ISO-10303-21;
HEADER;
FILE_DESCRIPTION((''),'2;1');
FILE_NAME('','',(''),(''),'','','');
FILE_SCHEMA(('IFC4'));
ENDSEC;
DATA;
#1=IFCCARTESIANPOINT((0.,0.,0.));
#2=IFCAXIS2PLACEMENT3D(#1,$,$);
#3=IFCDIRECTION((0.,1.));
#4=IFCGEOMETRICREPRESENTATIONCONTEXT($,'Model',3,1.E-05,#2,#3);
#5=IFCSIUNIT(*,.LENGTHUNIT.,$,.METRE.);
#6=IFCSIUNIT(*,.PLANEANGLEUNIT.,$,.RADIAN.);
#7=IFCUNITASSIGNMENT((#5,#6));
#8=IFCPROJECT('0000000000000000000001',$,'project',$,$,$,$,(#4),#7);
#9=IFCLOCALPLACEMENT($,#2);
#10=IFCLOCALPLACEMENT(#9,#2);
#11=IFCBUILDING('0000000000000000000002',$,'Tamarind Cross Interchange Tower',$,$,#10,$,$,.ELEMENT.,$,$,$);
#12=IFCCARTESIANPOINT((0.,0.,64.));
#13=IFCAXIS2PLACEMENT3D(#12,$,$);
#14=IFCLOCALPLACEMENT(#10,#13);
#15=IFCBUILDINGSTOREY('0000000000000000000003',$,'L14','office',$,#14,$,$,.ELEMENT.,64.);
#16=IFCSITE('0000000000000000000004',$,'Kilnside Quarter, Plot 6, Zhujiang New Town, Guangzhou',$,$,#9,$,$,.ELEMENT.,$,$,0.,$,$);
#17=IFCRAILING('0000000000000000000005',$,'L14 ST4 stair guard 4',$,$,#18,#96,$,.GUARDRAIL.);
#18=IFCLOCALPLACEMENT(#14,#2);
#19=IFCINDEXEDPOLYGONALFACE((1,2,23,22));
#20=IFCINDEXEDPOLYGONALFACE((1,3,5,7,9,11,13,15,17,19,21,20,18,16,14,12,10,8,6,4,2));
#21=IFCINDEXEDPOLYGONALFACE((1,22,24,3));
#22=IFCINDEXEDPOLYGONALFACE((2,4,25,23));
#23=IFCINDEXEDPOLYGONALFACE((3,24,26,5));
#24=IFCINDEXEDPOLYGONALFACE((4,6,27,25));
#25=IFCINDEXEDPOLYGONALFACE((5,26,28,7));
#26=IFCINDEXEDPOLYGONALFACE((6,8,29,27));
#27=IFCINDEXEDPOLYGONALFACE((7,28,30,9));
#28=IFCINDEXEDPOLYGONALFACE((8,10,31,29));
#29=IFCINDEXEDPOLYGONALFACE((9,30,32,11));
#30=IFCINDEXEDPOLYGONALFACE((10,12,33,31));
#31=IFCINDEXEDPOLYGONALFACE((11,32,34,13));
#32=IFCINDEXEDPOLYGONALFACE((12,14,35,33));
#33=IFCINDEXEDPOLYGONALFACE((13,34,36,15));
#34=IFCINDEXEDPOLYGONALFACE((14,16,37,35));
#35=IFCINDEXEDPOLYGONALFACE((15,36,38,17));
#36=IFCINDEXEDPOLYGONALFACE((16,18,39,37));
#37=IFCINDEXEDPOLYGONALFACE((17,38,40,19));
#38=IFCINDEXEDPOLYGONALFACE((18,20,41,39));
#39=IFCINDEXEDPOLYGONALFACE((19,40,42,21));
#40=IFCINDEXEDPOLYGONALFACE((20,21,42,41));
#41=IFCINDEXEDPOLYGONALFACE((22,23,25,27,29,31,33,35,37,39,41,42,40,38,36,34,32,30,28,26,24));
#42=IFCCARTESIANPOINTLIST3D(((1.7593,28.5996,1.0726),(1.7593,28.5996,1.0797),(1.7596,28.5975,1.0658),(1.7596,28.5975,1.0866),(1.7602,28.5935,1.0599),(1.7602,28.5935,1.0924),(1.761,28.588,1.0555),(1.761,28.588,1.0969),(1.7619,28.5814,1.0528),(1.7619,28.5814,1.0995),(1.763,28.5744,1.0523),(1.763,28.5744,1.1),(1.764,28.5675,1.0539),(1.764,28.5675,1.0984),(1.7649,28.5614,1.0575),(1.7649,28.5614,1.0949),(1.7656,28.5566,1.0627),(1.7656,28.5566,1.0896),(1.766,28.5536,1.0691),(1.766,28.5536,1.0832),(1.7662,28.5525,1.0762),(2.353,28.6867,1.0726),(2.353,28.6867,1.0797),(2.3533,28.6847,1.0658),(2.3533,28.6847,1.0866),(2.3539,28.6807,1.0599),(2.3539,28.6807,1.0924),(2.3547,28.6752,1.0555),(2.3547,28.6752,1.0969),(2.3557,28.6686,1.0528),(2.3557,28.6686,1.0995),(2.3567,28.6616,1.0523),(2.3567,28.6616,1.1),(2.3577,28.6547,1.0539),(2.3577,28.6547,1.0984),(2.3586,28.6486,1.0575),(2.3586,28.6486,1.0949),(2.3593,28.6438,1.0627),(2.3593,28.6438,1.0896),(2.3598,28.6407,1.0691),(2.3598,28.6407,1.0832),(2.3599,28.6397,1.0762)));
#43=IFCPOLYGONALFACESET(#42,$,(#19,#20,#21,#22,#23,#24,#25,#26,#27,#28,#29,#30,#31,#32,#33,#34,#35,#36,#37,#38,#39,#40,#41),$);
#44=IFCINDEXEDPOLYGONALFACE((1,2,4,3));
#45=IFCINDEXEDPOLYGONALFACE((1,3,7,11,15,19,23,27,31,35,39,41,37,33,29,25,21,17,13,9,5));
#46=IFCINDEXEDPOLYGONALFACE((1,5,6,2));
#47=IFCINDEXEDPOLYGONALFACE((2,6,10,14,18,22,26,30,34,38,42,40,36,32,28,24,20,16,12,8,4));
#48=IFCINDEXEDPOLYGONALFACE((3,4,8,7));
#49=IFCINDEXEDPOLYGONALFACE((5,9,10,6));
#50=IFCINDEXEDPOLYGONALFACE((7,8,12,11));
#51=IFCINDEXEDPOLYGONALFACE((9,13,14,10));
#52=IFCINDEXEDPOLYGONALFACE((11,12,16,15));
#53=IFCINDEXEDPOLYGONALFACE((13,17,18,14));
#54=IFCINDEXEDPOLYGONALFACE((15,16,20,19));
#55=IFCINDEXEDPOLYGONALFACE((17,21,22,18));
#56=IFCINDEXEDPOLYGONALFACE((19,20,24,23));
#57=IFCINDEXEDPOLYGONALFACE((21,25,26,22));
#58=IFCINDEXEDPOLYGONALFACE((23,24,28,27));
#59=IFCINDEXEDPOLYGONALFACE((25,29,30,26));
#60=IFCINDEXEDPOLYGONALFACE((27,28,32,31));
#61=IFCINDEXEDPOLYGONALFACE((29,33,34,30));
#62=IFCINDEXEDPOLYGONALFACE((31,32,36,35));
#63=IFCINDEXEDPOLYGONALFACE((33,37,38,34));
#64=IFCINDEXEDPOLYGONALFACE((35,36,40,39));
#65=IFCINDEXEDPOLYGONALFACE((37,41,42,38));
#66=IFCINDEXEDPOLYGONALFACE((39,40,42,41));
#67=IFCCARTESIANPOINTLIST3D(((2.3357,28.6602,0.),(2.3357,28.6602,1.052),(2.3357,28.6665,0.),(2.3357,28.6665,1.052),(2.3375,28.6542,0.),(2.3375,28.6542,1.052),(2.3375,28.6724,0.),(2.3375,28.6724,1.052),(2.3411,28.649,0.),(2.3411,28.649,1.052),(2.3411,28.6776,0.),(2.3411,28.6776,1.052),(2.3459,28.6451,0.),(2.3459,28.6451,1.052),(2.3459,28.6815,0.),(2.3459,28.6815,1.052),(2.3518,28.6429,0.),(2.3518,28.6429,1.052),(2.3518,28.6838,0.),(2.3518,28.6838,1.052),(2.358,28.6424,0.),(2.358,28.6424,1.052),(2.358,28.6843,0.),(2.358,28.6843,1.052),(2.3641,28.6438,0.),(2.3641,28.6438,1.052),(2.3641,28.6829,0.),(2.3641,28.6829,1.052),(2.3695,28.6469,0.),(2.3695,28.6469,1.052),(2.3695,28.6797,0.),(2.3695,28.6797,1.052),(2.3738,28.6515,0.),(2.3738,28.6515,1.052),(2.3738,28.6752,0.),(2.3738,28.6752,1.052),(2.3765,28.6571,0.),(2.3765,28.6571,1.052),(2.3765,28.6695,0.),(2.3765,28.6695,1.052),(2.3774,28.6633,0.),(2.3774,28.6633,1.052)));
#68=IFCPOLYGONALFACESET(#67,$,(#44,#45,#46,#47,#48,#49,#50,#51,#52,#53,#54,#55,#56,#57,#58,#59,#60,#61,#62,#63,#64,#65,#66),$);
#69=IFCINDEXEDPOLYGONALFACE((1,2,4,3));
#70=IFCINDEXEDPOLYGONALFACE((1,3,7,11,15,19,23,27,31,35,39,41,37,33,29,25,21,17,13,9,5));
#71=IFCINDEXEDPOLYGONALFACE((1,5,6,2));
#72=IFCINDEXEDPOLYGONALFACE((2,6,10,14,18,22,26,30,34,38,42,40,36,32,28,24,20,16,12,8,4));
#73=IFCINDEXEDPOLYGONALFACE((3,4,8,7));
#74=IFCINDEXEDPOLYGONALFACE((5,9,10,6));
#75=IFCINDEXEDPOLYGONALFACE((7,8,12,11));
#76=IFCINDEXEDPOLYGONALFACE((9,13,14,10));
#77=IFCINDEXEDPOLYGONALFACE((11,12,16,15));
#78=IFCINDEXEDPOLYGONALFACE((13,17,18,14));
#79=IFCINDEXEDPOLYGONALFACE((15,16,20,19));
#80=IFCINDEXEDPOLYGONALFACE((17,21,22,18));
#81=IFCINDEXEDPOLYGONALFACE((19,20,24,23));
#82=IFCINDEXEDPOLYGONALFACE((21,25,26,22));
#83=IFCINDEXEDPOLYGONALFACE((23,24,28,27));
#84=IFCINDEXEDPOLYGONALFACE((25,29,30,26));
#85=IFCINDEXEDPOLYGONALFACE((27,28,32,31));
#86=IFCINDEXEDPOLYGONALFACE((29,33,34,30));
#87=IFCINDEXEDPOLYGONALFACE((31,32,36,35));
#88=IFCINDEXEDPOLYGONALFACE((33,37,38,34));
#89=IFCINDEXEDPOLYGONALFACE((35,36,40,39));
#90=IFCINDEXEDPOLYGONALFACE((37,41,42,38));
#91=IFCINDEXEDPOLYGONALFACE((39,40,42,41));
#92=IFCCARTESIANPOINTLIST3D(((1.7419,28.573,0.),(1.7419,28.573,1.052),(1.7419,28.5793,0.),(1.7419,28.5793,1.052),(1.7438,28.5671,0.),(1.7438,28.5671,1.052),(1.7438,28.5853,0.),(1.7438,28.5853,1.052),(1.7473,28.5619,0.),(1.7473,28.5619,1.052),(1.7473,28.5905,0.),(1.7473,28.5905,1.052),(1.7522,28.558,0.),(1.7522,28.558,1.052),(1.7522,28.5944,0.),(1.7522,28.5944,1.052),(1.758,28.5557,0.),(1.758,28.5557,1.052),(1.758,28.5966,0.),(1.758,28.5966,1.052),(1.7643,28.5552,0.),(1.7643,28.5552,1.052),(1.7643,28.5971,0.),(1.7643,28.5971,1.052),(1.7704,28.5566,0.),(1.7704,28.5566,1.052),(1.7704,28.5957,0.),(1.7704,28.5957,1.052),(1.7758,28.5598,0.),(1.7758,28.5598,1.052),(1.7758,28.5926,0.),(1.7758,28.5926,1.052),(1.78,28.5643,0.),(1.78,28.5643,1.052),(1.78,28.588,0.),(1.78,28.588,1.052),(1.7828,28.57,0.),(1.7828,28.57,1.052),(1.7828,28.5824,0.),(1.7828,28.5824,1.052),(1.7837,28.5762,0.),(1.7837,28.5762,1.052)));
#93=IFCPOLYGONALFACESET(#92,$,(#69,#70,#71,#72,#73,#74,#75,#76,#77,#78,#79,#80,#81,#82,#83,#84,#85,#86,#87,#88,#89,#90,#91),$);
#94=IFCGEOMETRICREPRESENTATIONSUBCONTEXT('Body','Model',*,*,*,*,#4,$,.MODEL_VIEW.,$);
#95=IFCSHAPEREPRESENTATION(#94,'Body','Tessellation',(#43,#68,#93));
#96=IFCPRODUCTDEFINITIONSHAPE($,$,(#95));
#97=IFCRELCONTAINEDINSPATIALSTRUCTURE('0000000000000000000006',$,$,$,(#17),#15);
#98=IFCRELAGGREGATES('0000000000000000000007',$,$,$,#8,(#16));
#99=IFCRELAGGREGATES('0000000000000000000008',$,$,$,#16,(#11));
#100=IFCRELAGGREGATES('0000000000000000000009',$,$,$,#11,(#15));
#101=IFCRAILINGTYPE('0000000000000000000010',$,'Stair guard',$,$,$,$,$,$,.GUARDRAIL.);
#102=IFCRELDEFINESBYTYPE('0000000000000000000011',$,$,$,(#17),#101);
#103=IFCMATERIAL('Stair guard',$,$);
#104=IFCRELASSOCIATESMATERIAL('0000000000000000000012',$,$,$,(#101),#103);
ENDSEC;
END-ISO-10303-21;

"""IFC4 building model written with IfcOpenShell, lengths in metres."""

from ifc_helpers import new_model, si_unit, direction, frame, origin, origin_2d, place, context, subcontext, project, spatial, circle, extrude, material, type_object, element, save


model = new_model("IFC4")

# Units and contexts
model_context = context("Model", 3, precision=1e-05, world=origin(), true_north=direction((0.0, 1.0)))
body_context = subcontext(model_context, "Body", "Model", "MODEL_VIEW")
ifc_project = project(units=[si_unit("LENGTHUNIT", "METRE"), si_unit("PLANEANGLEUNIT", "RADIAN")], contexts=[model_context])

# Site, building, storey
site_placement = place(None, origin())
site = spatial("IfcSite", under=ifc_project, at=site_placement, Name="Kilnside Quarter, Plot 6, Zhujiang New Town, Guangzhou", CompositionType="ELEMENT", RefElevation=0.0)
building_placement = place(site_placement, origin())
building = spatial("IfcBuilding", under=site, at=building_placement, Name="Tamarind Cross Interchange Tower", CompositionType="ELEMENT")
storey_placement = place(building_placement, frame((0.0, 0.0, 64.0)))
storey = spatial("IfcBuildingStorey", under=building, at=storey_placement, Name="L14", Description="office", CompositionType="ELEMENT", Elevation=64.0)

# Railing
ifc_material_1 = material(Name="Stair guard")
railing_type_1 = type_object("IfcRailingType", Name="Stair guard", PredefinedType="GUARDRAIL", material=ifc_material_1)
railing_1_placement = place(storey_placement, frame((2.3564, 28.6633, 0.0)))
element("IfcRailing", 1, at=railing_1_placement, inside=storey, type_object=railing_type_1, Name="L14 ST4 stair guard 4", PredefinedType="GUARDRAIL", context=body_context, shape_type="SweptSolid", body=[
    extrude(circle(Radius=0.0239, at=origin_2d()), frame((0.0, 0.0, 1.0762), z_axis=(-0.989397, -0.145236, 0.0), x_axis=(0.145236, -0.989397, 0.0)), (0.0, 0.0, 1.0), 0.6001),
    extrude(circle(Radius=0.021, at=origin_2d()), origin(), (0.0, 0.0, 1.0), 1.052),
    extrude(circle(Radius=0.021, at=origin_2d()), frame((-0.5938, -0.0872, 0.0)), (0.0, 0.0, 1.0), 1.052),
])

save(model, "model.ifc")
